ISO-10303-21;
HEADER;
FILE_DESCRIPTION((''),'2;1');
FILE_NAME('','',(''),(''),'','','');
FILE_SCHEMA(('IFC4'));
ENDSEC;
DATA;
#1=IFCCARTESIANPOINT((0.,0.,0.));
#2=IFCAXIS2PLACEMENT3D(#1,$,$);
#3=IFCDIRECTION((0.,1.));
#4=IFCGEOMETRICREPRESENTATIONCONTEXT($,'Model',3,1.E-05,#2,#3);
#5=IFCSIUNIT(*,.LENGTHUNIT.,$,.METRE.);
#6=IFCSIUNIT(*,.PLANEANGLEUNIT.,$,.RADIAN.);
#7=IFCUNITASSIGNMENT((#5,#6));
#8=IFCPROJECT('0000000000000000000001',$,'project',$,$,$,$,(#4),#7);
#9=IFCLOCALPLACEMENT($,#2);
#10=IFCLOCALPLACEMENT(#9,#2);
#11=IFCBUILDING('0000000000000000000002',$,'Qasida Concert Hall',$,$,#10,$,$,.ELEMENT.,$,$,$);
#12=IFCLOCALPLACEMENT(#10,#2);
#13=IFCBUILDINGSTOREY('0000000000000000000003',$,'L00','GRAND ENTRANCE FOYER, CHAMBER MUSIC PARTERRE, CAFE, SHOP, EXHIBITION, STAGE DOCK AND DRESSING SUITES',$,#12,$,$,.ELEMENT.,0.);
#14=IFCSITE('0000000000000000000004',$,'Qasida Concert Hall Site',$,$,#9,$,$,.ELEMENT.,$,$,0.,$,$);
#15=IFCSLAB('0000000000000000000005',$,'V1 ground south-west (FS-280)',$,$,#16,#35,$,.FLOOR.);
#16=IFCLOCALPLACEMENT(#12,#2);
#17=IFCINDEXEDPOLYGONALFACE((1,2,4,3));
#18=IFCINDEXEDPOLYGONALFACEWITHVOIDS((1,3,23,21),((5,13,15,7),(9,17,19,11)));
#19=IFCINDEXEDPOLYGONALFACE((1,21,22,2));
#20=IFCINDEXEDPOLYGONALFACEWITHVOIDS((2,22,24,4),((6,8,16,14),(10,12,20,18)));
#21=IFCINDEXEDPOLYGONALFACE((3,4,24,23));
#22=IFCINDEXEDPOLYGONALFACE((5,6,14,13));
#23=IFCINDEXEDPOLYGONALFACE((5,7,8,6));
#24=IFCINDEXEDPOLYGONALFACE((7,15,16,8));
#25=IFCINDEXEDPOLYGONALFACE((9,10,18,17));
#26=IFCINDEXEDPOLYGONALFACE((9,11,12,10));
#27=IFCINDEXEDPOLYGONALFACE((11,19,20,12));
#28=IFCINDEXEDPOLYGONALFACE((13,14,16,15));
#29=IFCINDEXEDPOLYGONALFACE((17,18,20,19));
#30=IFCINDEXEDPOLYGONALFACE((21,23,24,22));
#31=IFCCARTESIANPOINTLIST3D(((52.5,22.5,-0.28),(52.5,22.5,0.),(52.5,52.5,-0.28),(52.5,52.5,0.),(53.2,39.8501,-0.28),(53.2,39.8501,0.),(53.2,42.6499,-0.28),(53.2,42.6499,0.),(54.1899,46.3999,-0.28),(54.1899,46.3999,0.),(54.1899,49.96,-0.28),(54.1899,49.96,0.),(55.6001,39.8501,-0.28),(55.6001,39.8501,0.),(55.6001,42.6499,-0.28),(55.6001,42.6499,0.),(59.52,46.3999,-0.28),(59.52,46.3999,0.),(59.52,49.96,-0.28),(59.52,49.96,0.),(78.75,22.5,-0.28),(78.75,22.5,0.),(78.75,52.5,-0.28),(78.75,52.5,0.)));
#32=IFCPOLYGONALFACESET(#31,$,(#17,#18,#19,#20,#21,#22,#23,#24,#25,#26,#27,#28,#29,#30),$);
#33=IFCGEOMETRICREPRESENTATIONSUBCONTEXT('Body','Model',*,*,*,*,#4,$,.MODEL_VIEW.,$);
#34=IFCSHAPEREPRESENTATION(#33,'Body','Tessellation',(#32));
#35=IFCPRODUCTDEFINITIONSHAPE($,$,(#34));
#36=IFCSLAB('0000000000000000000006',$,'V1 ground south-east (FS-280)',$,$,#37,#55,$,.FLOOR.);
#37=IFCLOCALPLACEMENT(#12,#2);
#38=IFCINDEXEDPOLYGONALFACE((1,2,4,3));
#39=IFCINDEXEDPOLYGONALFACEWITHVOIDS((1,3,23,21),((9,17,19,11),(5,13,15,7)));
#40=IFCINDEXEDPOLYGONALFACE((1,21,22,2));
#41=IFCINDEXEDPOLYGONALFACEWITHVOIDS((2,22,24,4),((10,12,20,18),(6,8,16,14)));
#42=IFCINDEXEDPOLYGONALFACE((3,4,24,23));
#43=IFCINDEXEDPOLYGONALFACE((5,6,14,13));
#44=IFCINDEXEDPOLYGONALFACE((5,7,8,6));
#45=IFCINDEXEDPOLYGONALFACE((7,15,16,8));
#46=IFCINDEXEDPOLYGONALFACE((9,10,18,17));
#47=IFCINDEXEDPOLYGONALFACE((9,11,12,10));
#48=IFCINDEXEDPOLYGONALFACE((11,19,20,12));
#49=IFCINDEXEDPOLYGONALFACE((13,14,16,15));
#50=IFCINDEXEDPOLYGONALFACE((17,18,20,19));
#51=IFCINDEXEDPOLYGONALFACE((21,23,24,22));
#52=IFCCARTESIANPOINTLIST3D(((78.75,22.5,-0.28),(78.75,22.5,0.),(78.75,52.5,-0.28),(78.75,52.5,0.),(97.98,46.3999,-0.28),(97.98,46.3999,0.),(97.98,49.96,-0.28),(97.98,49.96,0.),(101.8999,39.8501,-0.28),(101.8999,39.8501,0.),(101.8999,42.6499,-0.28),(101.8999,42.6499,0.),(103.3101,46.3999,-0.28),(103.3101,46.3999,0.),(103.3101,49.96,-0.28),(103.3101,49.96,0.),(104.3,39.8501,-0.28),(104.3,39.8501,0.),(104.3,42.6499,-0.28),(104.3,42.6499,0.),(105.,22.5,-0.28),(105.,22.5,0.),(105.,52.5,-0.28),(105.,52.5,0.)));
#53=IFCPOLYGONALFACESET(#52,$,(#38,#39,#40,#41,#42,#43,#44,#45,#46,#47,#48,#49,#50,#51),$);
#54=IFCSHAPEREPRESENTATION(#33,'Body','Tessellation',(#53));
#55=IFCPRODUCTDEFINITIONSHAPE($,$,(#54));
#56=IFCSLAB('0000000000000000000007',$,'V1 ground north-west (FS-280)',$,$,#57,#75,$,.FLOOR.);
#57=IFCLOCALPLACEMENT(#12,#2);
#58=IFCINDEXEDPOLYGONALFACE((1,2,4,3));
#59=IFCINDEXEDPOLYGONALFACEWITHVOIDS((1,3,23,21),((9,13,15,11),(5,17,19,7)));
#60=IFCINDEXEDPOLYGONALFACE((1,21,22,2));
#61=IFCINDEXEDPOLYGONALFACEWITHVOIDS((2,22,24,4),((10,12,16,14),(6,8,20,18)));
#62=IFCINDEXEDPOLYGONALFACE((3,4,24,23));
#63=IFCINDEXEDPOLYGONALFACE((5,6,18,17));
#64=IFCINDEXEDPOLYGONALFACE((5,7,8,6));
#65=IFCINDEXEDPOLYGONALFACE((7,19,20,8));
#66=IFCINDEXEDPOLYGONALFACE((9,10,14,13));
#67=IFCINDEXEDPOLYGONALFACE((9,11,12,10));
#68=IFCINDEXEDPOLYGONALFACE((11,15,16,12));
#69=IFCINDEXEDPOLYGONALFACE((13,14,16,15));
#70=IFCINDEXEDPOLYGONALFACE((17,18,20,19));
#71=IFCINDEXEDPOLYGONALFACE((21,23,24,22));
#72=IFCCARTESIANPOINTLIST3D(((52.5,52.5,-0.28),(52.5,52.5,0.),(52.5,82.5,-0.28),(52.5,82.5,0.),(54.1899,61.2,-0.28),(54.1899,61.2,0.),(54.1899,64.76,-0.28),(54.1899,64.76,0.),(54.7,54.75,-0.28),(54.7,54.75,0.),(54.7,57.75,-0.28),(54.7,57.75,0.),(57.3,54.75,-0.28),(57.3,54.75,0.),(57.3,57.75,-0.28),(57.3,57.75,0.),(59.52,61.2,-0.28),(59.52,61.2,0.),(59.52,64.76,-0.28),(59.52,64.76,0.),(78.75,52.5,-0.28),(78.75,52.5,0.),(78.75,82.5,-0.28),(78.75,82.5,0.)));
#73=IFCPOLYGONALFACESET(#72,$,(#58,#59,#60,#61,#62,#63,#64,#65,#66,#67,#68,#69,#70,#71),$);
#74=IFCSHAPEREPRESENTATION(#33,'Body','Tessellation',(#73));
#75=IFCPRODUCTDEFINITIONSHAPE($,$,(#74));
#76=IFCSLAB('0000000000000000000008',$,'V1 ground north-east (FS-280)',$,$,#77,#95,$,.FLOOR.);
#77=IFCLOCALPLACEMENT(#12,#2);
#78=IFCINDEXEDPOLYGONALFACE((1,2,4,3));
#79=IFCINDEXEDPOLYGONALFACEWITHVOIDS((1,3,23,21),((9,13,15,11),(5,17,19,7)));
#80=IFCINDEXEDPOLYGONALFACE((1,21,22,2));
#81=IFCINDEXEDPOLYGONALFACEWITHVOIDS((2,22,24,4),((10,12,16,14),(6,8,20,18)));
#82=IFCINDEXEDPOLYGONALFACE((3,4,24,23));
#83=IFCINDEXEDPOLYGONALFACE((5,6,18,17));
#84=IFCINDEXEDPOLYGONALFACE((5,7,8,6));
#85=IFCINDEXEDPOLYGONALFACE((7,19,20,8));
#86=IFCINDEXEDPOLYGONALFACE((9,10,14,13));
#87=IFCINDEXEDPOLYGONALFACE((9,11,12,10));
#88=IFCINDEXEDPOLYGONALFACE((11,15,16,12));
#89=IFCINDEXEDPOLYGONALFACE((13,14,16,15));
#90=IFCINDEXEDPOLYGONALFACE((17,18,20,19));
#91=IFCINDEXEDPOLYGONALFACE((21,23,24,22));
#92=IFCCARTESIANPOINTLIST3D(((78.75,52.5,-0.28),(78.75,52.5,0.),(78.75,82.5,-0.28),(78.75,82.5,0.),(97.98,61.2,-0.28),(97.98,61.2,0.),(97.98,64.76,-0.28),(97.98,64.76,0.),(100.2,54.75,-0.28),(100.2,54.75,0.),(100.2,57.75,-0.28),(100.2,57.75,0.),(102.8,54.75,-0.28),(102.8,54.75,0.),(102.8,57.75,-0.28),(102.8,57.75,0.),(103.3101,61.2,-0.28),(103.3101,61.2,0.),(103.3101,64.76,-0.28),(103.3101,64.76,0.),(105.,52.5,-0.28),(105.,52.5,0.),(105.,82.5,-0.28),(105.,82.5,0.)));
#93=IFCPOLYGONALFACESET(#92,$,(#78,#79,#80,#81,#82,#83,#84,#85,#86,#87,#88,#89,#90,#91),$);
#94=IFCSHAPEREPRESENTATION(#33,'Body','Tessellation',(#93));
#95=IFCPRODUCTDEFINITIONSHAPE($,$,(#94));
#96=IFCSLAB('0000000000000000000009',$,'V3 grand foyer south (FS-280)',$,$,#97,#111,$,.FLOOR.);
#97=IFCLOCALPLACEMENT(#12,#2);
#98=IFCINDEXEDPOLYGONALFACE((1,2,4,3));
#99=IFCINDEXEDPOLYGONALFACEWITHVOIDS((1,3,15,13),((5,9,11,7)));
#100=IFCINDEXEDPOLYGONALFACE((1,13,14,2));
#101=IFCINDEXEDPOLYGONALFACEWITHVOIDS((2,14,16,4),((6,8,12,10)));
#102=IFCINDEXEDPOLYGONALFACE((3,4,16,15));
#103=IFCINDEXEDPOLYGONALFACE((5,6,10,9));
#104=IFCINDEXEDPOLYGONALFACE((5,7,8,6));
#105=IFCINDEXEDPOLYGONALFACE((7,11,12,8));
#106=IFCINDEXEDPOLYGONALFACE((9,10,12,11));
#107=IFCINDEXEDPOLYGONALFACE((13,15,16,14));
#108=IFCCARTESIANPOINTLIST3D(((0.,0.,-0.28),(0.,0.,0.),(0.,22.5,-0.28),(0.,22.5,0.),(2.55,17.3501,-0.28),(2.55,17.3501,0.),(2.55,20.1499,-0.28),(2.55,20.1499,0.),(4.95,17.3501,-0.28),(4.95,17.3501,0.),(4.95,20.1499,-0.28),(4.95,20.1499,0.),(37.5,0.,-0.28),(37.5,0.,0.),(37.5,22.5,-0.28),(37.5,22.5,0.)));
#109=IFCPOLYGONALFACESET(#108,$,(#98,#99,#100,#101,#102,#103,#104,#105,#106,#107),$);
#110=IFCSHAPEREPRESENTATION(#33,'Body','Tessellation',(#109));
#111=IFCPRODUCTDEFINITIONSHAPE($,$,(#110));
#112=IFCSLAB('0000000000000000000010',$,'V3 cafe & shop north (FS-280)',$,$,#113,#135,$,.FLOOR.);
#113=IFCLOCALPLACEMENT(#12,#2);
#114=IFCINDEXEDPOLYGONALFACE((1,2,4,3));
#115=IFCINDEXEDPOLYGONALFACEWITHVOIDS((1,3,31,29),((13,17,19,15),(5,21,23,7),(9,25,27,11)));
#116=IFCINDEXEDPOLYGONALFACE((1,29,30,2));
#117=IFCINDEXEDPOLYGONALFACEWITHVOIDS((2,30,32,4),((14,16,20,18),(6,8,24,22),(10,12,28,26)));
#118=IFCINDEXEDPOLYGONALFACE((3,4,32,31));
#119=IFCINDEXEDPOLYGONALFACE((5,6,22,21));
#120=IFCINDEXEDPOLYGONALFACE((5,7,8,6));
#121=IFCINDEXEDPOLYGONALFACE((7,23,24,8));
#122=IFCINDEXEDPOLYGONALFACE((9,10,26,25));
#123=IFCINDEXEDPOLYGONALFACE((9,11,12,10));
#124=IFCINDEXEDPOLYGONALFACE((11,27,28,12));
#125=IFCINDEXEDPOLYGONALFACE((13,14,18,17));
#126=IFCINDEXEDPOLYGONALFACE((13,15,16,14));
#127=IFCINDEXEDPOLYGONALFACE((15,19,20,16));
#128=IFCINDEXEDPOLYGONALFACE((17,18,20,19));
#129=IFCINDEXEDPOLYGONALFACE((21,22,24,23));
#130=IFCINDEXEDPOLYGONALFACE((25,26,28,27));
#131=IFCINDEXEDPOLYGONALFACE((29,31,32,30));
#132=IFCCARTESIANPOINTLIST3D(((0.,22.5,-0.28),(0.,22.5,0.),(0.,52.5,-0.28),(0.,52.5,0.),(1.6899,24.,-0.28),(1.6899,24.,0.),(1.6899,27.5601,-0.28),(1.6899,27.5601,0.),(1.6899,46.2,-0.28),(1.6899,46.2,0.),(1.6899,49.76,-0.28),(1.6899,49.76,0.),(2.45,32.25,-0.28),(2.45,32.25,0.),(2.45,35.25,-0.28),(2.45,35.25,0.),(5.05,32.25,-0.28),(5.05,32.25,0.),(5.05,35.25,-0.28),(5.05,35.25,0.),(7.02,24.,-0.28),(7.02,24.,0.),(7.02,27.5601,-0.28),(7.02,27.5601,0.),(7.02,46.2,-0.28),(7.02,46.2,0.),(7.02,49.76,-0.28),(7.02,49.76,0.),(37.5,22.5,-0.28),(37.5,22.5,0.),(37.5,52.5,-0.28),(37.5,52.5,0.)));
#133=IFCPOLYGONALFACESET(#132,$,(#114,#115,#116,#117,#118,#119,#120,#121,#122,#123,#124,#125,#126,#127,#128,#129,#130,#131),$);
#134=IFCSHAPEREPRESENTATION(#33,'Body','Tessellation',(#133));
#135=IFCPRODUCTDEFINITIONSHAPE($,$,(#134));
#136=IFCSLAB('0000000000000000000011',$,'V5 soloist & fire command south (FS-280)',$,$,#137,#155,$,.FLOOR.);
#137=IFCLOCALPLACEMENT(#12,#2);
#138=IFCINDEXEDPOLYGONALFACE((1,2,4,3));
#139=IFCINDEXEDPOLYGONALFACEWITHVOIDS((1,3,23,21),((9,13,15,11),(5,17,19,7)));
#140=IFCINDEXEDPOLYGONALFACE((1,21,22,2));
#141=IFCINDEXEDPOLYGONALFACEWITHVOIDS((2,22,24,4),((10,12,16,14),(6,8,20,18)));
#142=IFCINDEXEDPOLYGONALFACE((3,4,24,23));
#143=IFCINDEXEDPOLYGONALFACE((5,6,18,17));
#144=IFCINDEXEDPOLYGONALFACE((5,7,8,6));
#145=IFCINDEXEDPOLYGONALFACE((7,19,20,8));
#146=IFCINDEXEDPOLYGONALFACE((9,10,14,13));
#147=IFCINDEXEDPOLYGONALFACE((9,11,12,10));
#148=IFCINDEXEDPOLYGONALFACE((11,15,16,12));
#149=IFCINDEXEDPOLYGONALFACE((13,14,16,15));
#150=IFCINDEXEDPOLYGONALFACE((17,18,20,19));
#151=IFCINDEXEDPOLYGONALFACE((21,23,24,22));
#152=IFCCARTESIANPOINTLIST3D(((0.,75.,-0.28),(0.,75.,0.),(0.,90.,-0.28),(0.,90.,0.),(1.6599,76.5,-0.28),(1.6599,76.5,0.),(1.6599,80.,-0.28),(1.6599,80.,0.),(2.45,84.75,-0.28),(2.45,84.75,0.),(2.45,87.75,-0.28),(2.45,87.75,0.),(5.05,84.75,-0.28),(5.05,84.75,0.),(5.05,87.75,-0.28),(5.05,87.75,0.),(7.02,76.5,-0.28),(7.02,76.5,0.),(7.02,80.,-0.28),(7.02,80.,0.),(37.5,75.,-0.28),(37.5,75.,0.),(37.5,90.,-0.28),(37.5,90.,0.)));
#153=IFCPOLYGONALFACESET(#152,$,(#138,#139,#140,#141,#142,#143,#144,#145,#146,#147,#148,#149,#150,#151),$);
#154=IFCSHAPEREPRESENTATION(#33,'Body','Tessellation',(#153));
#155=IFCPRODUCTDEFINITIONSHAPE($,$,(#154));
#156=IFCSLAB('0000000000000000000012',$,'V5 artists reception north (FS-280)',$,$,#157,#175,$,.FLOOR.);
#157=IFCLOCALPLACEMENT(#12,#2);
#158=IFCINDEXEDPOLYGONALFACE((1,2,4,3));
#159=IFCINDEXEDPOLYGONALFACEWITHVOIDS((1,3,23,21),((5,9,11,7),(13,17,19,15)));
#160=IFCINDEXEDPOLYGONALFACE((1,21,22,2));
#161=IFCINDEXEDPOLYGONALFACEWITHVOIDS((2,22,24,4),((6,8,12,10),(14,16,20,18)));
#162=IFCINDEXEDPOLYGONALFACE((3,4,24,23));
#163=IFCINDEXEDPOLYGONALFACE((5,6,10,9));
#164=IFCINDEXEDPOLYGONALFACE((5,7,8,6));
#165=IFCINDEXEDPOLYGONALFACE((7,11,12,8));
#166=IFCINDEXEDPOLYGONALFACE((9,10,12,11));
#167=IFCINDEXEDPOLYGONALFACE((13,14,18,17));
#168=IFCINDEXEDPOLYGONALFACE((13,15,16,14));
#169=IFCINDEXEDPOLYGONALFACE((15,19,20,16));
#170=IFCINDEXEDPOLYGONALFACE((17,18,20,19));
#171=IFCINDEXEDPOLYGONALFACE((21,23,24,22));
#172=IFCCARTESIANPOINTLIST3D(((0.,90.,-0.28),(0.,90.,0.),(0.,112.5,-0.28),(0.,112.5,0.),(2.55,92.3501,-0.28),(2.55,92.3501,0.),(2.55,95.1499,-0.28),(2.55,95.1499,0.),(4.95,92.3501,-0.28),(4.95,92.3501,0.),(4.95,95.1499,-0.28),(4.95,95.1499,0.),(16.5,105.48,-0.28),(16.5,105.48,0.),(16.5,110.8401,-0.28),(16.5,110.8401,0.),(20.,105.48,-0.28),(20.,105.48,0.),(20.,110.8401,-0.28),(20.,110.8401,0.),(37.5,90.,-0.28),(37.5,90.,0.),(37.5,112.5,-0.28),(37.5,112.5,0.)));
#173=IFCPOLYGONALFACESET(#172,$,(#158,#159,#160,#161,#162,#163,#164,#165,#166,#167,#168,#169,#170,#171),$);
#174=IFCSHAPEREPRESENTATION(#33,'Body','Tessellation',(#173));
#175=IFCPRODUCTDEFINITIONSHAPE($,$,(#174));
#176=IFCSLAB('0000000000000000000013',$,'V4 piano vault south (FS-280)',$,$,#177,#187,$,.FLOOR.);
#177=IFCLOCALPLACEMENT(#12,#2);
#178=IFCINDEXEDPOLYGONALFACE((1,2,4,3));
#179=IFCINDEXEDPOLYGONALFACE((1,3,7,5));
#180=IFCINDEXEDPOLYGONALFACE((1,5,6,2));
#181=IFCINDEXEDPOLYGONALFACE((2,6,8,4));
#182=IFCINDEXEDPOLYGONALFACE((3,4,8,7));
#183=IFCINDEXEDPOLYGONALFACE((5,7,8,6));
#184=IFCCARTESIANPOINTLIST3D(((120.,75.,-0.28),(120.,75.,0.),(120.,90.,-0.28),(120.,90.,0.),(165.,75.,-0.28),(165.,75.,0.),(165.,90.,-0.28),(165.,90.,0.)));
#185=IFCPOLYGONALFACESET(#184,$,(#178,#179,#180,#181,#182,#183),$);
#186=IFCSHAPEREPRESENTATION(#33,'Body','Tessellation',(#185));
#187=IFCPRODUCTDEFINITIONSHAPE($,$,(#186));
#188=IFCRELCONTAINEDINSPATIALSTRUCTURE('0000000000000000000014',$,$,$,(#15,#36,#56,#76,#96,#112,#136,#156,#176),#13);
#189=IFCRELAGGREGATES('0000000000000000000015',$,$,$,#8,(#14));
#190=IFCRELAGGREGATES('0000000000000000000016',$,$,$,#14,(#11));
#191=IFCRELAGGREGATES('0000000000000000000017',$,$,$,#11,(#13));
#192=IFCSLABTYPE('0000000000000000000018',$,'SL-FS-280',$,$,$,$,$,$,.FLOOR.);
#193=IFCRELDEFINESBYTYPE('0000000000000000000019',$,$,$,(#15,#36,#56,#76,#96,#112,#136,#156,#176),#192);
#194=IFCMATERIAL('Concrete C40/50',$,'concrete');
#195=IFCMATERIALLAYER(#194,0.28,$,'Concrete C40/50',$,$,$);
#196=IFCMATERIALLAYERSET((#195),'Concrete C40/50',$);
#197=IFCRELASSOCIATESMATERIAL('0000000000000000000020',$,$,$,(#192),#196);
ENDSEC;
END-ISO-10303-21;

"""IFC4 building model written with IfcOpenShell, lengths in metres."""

from ifc_helpers import new_model, si_unit, direction, frame, origin, place, context, subcontext, project, spatial, polyline, outline, extrude, material, layer, layer_set, type_object, element, save


model = new_model("IFC4")

# Units and contexts
model_context = context("Model", 3, precision=1e-05, world=origin(), true_north=direction((0.0, 1.0)))
body_context = subcontext(model_context, "Body", "Model", "MODEL_VIEW")
ifc_project = project(units=[si_unit("LENGTHUNIT", "METRE"), si_unit("PLANEANGLEUNIT", "RADIAN")], contexts=[model_context])

# Site, building, storey
site_placement = place(None, origin())
site = spatial("IfcSite", under=ifc_project, at=site_placement, Name="Qasida Concert Hall Site", CompositionType="ELEMENT", RefElevation=0.0)
building_placement = place(site_placement, origin())
building = spatial("IfcBuilding", under=site, at=building_placement, Name="Qasida Concert Hall", CompositionType="ELEMENT")
storey_placement = place(building_placement, origin())
storey = spatial("IfcBuildingStorey", under=building, at=storey_placement, Name="L00", Description="GRAND ENTRANCE FOYER, CHAMBER MUSIC PARTERRE, CAFE, SHOP, EXHIBITION, STAGE DOCK AND DRESSING SUITES", CompositionType="ELEMENT", Elevation=0.0)

# Slabs
ifc_material_1 = material(Name="Concrete C40/50", Category="concrete")
ifc_layer_1 = layer(ifc_material_1, 0.28, Name="Concrete C40/50")
ifc_layer_set_1 = layer_set([ifc_layer_1], Name="Concrete C40/50")
slab_type = type_object("IfcSlabType", Name="SL-FS-280", PredefinedType="FLOOR", material=ifc_layer_set_1)
slab_1_placement = place(storey_placement, frame((0.0, 0.0, -0.28)))
element("IfcSlab", 1, at=slab_1_placement, inside=storey, type_object=slab_type, Name="V1 ground south-west (FS-280)", PredefinedType="FLOOR", context=body_context, shape_type="SweptSolid", body=[
    extrude(outline(polyline([(52.5, 22.5), (78.75, 22.5), (78.75, 52.5), (52.5, 52.5), (52.5, 22.5)]), holes=[polyline([(53.2, 39.8501), (55.6001, 39.8501), (55.6001, 42.6499), (53.2, 42.6499), (53.2, 39.8501)]), polyline([(54.1899, 46.3999), (59.52, 46.3999), (59.52, 49.96), (54.1899, 49.96), (54.1899, 46.3999)])]), origin(), (0.0, 0.0, 1.0), 0.28),
])
slab_2_placement = place(storey_placement, frame((0.0, 0.0, -0.28)))
element("IfcSlab", 2, at=slab_2_placement, inside=storey, type_object=slab_type, Name="V1 ground south-east (FS-280)", PredefinedType="FLOOR", context=body_context, shape_type="SweptSolid", body=[
    extrude(outline(polyline([(78.75, 22.5), (105.0, 22.5), (105.0, 52.5), (78.75, 52.5), (78.75, 22.5)]), holes=[polyline([(101.8999, 39.8501), (104.3, 39.8501), (104.3, 42.6499), (101.8999, 42.6499), (101.8999, 39.8501)]), polyline([(97.98, 46.3999), (103.3101, 46.3999), (103.3101, 49.96), (97.98, 49.96), (97.98, 46.3999)])]), origin(), (0.0, 0.0, 1.0), 0.28),
])
slab_3_placement = place(storey_placement, frame((0.0, 0.0, -0.28)))
element("IfcSlab", 3, at=slab_3_placement, inside=storey, type_object=slab_type, Name="V1 ground north-west (FS-280)", PredefinedType="FLOOR", context=body_context, shape_type="SweptSolid", body=[
    extrude(outline(polyline([(52.5, 52.5), (78.75, 52.5), (78.75, 82.5), (52.5, 82.5), (52.5, 52.5)]), holes=[polyline([(54.7, 54.75), (57.3, 54.75), (57.3, 57.75), (54.7, 57.75), (54.7, 54.75)]), polyline([(54.1899, 61.2), (59.52, 61.2), (59.52, 64.76), (54.1899, 64.76), (54.1899, 61.2)])]), origin(), (0.0, 0.0, 1.0), 0.28),
])
slab_4_placement = place(storey_placement, frame((0.0, 0.0, -0.28)))
element("IfcSlab", 4, at=slab_4_placement, inside=storey, type_object=slab_type, Name="V1 ground north-east (FS-280)", PredefinedType="FLOOR", context=body_context, shape_type="SweptSolid", body=[
    extrude(outline(polyline([(78.75, 52.5), (105.0, 52.5), (105.0, 82.5), (78.75, 82.5), (78.75, 52.5)]), holes=[polyline([(100.2, 54.75), (102.8, 54.75), (102.8, 57.75), (100.2, 57.75), (100.2, 54.75)]), polyline([(97.98, 61.2), (103.3101, 61.2), (103.3101, 64.76), (97.98, 64.76), (97.98, 61.2)])]), origin(), (0.0, 0.0, 1.0), 0.28),
])
slab_5_placement = place(storey_placement, frame((0.0, 0.0, -0.28)))
element("IfcSlab", 5, at=slab_5_placement, inside=storey, type_object=slab_type, Name="V3 grand foyer south (FS-280)", PredefinedType="FLOOR", context=body_context, shape_type="SweptSolid", body=[
    extrude(outline(polyline([(0.0, 0.0), (37.5, 0.0), (37.5, 22.5), (0.0, 22.5), (0.0, 0.0)]), holes=[polyline([(2.55, 17.3501), (4.95, 17.3501), (4.95, 20.1499), (2.55, 20.1499), (2.55, 17.3501)])]), origin(), (0.0, 0.0, 1.0), 0.28),
])
slab_6_placement = place(storey_placement, frame((0.0, 0.0, -0.28)))
element("IfcSlab", 6, at=slab_6_placement, inside=storey, type_object=slab_type, Name="V3 cafe & shop north (FS-280)", PredefinedType="FLOOR", context=body_context, shape_type="SweptSolid", body=[
    extrude(outline(polyline([(0.0, 22.5), (37.5, 22.5), (37.5, 52.5), (0.0, 52.5), (0.0, 22.5)]), holes=[polyline([(1.6899, 24.0), (7.02, 24.0), (7.02, 27.5601), (1.6899, 27.5601), (1.6899, 24.0)]), polyline([(2.45, 32.25), (5.05, 32.25), (5.05, 35.25), (2.45, 35.25), (2.45, 32.25)]), polyline([(1.6899, 46.2), (7.02, 46.2), (7.02, 49.76), (1.6899, 49.76), (1.6899, 46.2)])]), origin(), (0.0, 0.0, 1.0), 0.28),
])
slab_7_placement = place(storey_placement, frame((0.0, 0.0, -0.28)))
element("IfcSlab", 7, at=slab_7_placement, inside=storey, type_object=slab_type, Name="V5 soloist & fire command south (FS-280)", PredefinedType="FLOOR", context=body_context, shape_type="SweptSolid", body=[
    extrude(outline(polyline([(0.0, 75.0), (37.5, 75.0), (37.5, 90.0), (0.0, 90.0), (0.0, 75.0)]), holes=[polyline([(1.6599, 76.5), (7.02, 76.5), (7.02, 80.0), (1.6599, 80.0), (1.6599, 76.5)]), polyline([(2.45, 84.75), (5.05, 84.75), (5.05, 87.75), (2.45, 87.75), (2.45, 84.75)])]), origin(), (0.0, 0.0, 1.0), 0.28),
])
slab_8_placement = place(storey_placement, frame((0.0, 0.0, -0.28)))
element("IfcSlab", 8, at=slab_8_placement, inside=storey, type_object=slab_type, Name="V5 artists reception north (FS-280)", PredefinedType="FLOOR", context=body_context, shape_type="SweptSolid", body=[
    extrude(outline(polyline([(0.0, 90.0), (37.5, 90.0), (37.5, 112.5), (0.0, 112.5), (0.0, 90.0)]), holes=[polyline([(2.55, 92.3501), (4.95, 92.3501), (4.95, 95.1499), (2.55, 95.1499), (2.55, 92.3501)]), polyline([(16.5, 105.48), (20.0, 105.48), (20.0, 110.8401), (16.5, 110.8401), (16.5, 105.48)])]), origin(), (0.0, 0.0, 1.0), 0.28),
])
slab_9_placement = place(storey_placement, frame((0.0, 0.0, -0.28)))
element("IfcSlab", 9, at=slab_9_placement, inside=storey, type_object=slab_type, Name="V4 piano vault south (FS-280)", PredefinedType="FLOOR", context=body_context, shape_type="SweptSolid", body=[
    extrude(outline(polyline([(120.0, 75.0), (165.0, 75.0), (165.0, 90.0), (120.0, 90.0), (120.0, 75.0)])), origin(), (0.0, 0.0, 1.0), 0.28),
])

save(model, "model.ifc")
